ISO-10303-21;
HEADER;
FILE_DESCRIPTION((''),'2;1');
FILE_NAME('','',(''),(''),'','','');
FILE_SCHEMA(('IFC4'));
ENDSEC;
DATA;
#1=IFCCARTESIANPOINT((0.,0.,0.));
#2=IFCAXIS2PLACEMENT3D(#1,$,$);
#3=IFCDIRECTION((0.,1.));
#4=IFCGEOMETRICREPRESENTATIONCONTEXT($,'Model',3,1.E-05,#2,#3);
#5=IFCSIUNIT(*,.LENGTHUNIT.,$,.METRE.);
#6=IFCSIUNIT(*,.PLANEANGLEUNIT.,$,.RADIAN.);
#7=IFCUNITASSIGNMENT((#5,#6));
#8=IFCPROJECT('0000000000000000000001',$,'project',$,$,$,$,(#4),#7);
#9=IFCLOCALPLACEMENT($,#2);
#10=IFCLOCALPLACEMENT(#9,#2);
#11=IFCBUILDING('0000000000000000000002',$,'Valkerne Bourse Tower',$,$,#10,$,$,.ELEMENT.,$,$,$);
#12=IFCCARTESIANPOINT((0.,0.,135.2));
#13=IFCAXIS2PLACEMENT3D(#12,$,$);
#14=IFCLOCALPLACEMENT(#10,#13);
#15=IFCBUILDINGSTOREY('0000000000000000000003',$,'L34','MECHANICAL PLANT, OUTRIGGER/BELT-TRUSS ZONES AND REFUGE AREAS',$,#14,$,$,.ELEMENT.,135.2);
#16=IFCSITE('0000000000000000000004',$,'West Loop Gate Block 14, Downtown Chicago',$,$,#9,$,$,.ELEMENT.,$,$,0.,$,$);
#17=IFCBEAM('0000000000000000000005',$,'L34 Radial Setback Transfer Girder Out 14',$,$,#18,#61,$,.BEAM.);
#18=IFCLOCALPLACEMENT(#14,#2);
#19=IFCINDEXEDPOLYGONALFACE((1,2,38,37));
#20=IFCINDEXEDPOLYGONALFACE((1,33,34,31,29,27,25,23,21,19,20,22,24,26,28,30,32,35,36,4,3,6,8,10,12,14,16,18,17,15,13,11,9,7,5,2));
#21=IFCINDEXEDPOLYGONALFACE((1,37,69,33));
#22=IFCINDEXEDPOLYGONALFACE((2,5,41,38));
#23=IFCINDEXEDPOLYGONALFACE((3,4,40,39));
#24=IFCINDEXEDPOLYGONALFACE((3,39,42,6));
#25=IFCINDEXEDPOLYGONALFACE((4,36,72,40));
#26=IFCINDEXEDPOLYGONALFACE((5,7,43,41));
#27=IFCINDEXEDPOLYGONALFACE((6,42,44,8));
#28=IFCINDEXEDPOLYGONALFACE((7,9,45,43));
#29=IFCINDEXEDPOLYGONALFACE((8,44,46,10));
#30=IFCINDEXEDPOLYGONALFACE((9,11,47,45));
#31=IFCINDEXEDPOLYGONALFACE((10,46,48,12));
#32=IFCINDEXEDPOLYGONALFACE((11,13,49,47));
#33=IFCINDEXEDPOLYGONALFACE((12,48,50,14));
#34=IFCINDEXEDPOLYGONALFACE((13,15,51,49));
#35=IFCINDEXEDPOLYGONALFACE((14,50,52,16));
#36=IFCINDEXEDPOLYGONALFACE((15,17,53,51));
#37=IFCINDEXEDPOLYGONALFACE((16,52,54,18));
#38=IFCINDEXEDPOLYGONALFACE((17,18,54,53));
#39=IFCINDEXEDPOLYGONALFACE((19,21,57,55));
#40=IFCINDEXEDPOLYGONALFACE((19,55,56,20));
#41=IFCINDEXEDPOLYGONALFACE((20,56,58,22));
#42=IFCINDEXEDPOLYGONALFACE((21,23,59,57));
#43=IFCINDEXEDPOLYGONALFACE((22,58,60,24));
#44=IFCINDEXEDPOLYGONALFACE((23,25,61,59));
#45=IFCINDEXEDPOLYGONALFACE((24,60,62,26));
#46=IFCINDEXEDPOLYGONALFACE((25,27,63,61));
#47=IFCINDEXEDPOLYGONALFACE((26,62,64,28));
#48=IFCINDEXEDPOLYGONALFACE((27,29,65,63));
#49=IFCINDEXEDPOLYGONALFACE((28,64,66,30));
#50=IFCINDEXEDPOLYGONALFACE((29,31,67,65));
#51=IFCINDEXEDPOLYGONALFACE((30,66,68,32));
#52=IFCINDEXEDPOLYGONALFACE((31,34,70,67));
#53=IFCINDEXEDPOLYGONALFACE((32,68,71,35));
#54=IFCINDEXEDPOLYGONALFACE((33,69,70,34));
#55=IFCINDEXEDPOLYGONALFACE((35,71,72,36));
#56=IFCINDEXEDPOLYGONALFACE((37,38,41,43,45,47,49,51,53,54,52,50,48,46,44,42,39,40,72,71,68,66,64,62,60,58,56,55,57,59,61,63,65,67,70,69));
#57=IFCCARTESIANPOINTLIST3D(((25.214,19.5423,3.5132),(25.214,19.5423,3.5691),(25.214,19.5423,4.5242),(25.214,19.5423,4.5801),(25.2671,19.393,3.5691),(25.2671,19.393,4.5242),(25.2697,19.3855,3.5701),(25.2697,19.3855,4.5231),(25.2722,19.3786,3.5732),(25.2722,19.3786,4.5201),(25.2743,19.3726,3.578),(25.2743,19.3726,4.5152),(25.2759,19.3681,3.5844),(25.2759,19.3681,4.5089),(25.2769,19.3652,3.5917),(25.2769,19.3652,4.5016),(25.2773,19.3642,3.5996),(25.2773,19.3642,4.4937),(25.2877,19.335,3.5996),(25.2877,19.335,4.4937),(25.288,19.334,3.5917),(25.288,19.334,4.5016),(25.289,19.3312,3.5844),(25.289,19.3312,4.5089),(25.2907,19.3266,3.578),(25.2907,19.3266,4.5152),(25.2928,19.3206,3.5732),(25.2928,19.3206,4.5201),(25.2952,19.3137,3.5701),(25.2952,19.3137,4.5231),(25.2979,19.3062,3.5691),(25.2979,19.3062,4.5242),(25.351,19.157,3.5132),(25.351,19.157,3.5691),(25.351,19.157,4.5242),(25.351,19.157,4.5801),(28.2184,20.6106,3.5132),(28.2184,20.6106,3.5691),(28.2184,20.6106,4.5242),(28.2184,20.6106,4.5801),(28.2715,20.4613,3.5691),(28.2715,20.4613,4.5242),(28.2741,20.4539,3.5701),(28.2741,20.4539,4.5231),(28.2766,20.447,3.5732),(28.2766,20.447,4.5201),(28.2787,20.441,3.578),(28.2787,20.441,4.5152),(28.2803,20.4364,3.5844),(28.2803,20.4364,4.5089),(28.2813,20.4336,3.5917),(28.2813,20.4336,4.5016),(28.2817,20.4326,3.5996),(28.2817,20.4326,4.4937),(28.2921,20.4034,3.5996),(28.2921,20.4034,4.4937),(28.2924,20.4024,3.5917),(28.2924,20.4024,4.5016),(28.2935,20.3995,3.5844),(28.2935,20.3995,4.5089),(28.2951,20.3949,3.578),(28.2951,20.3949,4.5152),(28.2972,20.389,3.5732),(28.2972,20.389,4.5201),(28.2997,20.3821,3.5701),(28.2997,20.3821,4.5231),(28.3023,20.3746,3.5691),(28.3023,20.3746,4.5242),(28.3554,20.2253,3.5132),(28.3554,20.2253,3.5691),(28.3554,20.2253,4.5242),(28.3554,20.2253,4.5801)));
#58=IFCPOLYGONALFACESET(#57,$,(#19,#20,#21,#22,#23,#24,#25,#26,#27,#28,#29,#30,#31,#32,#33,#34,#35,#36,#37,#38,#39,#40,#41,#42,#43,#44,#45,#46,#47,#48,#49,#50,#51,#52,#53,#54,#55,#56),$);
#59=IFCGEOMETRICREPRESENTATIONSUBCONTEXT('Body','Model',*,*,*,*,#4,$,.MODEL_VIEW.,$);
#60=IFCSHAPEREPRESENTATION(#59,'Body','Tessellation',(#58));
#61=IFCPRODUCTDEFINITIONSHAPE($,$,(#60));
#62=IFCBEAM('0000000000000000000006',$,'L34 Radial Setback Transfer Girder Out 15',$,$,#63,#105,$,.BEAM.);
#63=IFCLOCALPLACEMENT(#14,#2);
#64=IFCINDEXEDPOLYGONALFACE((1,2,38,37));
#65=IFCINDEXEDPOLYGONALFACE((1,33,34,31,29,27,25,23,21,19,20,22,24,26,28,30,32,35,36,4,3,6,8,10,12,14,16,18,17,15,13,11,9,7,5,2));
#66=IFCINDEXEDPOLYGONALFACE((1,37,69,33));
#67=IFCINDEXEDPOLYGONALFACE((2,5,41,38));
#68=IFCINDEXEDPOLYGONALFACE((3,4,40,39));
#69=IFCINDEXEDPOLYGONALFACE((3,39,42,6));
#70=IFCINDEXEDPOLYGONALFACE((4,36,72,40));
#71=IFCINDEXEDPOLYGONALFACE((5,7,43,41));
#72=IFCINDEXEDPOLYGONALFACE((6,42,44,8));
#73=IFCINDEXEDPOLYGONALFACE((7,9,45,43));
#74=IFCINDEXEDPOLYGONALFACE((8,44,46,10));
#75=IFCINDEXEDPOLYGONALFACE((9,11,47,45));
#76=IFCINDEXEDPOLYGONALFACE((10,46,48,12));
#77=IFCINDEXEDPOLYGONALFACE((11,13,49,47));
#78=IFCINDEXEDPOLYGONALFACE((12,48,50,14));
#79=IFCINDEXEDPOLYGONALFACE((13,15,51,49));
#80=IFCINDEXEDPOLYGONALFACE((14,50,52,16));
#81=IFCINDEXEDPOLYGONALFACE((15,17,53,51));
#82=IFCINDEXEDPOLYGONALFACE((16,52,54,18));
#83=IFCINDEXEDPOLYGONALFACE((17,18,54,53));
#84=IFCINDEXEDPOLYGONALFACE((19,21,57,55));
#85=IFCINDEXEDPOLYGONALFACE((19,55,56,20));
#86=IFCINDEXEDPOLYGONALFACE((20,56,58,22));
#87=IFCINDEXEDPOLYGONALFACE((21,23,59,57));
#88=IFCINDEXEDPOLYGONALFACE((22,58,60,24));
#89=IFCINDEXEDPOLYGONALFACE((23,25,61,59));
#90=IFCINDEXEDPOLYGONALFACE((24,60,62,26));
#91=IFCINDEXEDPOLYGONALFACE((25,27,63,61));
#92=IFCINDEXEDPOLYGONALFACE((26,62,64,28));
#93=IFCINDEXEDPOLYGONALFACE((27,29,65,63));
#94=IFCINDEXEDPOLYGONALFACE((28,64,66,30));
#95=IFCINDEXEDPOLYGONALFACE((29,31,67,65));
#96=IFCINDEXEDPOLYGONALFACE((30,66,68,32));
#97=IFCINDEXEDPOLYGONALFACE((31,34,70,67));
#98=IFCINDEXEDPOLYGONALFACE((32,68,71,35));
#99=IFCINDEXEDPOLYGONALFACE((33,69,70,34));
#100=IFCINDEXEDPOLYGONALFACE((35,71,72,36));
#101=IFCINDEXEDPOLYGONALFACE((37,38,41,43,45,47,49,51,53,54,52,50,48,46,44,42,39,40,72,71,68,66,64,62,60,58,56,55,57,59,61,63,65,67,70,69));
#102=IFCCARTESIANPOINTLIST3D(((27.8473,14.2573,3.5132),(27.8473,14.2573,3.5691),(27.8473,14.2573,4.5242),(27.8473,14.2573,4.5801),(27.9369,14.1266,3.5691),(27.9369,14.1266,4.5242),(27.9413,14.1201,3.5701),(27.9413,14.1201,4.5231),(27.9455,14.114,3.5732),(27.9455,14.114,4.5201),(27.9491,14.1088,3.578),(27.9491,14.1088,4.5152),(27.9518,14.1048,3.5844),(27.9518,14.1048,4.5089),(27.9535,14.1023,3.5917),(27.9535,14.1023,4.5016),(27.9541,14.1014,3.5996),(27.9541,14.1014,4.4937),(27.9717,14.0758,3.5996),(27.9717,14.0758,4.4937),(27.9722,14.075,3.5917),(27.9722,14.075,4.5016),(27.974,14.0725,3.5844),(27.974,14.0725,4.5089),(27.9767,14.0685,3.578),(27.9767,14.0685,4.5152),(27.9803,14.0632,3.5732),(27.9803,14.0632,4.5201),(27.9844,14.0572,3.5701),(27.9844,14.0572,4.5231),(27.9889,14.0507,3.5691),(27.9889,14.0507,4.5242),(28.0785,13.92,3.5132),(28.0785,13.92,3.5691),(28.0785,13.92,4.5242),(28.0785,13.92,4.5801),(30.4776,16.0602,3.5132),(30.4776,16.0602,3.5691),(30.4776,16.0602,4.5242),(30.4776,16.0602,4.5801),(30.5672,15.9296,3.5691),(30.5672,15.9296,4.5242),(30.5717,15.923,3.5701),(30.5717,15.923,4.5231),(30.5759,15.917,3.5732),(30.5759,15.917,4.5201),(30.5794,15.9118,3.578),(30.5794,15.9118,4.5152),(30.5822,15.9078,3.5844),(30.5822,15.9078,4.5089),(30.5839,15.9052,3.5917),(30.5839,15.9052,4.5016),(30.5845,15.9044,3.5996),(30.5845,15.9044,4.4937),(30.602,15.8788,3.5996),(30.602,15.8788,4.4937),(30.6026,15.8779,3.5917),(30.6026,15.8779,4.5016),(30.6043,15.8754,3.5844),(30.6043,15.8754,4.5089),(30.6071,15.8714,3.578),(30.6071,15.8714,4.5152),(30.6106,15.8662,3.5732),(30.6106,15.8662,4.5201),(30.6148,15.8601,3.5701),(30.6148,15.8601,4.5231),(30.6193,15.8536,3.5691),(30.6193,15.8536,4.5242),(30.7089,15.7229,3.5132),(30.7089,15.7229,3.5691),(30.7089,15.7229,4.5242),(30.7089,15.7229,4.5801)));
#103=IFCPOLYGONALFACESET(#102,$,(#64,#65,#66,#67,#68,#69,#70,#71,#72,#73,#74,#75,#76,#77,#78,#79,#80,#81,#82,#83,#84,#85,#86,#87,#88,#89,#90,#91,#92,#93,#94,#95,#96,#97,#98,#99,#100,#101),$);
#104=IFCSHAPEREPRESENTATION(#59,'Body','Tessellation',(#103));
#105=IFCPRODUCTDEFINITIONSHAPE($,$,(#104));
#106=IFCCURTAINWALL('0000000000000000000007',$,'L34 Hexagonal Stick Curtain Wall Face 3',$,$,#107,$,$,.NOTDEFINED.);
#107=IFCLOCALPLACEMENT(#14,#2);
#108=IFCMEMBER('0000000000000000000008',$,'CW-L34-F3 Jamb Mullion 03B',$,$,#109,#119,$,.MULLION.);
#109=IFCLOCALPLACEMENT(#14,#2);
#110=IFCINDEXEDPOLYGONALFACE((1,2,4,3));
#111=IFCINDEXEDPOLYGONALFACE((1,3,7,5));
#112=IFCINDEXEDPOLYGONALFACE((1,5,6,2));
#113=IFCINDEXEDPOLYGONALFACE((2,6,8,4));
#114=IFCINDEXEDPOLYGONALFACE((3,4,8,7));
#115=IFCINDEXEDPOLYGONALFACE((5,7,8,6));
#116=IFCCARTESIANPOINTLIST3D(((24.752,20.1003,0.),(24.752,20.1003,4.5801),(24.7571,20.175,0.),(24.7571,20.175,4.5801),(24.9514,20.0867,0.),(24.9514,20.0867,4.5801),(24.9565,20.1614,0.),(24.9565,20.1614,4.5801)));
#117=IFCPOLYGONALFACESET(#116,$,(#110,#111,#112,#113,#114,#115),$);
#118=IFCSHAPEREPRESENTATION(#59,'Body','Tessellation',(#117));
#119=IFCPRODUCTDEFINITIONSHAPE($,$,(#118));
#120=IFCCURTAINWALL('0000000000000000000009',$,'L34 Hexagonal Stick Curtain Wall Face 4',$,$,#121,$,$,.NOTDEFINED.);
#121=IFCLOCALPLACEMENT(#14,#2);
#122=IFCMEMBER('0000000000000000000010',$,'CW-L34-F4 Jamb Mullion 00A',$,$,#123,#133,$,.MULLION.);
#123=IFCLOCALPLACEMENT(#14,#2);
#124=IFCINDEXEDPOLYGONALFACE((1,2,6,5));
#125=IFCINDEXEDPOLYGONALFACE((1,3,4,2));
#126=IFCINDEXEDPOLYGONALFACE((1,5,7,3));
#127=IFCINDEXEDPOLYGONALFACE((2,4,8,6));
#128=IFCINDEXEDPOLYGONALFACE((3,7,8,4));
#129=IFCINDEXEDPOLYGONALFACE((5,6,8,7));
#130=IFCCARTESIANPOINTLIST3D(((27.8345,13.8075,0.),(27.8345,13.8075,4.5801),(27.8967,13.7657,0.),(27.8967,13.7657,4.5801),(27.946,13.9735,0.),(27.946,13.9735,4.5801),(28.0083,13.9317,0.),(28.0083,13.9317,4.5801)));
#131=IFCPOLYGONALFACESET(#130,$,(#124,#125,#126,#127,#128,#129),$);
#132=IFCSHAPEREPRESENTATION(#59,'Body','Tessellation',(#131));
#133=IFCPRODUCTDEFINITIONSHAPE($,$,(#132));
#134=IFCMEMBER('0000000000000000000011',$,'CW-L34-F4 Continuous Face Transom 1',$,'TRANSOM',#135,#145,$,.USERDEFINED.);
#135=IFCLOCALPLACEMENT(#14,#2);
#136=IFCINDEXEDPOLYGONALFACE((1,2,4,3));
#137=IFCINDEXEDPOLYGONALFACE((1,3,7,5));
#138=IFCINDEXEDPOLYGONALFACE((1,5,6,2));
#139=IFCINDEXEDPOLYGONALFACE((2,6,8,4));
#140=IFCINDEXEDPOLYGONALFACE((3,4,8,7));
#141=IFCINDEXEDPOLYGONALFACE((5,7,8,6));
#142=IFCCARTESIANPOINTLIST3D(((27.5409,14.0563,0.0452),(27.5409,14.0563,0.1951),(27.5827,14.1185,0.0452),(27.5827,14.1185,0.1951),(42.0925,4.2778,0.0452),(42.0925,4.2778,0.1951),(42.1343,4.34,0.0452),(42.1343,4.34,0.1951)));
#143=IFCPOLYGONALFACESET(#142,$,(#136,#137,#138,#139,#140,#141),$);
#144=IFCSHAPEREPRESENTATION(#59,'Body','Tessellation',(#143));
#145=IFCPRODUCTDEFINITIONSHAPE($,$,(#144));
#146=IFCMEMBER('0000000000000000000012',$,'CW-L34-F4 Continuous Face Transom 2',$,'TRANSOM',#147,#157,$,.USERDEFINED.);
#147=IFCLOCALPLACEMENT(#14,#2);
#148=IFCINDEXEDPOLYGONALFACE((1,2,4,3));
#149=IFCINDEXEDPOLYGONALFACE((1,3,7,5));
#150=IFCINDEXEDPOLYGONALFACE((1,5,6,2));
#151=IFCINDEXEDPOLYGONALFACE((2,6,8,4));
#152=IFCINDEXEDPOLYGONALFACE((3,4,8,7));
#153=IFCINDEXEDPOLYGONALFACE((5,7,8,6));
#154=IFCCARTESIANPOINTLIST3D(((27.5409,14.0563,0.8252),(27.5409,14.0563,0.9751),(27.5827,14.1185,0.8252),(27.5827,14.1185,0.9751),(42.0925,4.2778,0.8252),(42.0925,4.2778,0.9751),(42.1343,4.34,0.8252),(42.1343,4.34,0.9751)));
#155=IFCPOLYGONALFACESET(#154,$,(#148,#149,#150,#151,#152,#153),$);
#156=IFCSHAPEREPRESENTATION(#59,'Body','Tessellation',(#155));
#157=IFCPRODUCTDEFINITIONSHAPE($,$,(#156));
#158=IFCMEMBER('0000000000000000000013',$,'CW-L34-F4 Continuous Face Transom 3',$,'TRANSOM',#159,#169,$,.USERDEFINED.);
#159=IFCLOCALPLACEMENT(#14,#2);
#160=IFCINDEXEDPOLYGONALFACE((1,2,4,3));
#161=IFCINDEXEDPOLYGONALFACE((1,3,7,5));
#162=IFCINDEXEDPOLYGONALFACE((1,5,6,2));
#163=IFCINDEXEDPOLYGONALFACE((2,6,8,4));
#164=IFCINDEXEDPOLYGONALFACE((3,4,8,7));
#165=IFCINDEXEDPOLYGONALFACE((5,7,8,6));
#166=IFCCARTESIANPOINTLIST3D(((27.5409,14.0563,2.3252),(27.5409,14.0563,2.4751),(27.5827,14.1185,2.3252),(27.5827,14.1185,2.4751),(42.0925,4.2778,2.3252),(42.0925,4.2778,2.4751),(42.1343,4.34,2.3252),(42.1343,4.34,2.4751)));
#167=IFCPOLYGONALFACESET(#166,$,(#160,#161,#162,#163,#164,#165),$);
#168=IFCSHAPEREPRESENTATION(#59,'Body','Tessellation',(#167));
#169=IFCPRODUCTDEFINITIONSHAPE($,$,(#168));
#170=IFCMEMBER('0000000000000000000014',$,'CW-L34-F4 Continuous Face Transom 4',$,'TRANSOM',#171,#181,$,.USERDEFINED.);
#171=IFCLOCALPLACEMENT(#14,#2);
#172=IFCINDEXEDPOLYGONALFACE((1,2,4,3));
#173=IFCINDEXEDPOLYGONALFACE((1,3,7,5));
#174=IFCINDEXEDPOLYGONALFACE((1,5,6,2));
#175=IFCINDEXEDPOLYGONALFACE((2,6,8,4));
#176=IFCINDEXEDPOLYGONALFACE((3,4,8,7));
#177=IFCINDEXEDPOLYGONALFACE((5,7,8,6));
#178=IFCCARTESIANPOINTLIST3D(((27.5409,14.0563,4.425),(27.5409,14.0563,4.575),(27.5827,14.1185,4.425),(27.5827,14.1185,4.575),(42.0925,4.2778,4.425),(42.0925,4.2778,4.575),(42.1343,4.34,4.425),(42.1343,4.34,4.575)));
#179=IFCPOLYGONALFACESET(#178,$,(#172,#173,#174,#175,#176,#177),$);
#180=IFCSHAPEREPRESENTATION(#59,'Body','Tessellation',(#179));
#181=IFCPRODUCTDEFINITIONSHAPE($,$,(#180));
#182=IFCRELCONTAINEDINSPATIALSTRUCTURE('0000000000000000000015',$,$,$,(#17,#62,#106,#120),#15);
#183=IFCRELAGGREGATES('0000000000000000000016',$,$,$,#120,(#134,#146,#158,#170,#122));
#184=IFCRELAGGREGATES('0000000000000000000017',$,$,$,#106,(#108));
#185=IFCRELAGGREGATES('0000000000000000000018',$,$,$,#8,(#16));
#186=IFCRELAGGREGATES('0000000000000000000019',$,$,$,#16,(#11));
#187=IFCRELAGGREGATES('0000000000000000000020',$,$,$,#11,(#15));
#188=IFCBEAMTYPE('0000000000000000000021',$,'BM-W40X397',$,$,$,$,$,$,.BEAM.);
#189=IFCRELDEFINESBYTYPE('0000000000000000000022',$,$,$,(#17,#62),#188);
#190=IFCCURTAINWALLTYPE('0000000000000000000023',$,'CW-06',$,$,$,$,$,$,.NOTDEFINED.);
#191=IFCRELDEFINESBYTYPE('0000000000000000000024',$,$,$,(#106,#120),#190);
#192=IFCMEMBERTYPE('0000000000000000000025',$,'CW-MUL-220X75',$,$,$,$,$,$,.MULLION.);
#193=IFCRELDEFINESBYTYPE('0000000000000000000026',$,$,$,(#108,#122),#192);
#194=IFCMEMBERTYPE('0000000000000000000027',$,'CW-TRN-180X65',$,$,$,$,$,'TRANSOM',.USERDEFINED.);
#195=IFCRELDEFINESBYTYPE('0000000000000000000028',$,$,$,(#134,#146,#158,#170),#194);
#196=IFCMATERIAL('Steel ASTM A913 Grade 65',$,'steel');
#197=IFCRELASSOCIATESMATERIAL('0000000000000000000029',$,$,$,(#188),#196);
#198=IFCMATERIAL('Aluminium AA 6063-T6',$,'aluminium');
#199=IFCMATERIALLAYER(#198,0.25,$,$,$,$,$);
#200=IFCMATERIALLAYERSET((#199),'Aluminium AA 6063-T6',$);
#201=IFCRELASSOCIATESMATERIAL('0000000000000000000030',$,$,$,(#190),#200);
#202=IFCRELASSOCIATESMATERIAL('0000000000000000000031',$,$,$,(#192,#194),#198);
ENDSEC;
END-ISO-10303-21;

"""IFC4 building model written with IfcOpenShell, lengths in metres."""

from ifc_helpers import new_model, si_unit, direction, frame, origin, origin_2d, place, context, subcontext, project, spatial, rectangle, i_section, extrude, material, layer, layer_set, material_profile, profile_set, type_object, element, aggregate, save


model = new_model("IFC4")

# Units and contexts
model_context = context("Model", 3, precision=1e-05, world=origin(), true_north=direction((0.0, 1.0)))
body_context = subcontext(model_context, "Body", "Model", "MODEL_VIEW")
ifc_project = project(units=[si_unit("LENGTHUNIT", "METRE"), si_unit("PLANEANGLEUNIT", "RADIAN")], contexts=[model_context])

# Site, building, storey
site_placement = place(None, origin())
site = spatial("IfcSite", under=ifc_project, at=site_placement, Name="West Loop Gate Block 14, Downtown Chicago", CompositionType="ELEMENT", RefElevation=0.0)
building_placement = place(site_placement, origin())
building = spatial("IfcBuilding", under=site, at=building_placement, Name="Valkerne Bourse Tower", CompositionType="ELEMENT")
storey_placement = place(building_placement, frame((0.0, 0.0, 135.2)))
storey = spatial("IfcBuildingStorey", under=building, at=storey_placement, Name="L34", Description="MECHANICAL PLANT, OUTRIGGER/BELT-TRUSS ZONES AND REFUGE AREAS", CompositionType="ELEMENT", Elevation=135.2)

# Shared definitions
ifc_material_1 = material(Name="Steel ASTM A913 Grade 65", Category="steel")

# Beams
ifc_material_profile_1 = material_profile(ifc_material_1, i_section(OverallWidth=0.4089, OverallDepth=1.0669, WebThickness=0.031, FlangeThickness=0.0559, FilletRadius=0.0305, at=origin_2d()), Name="W40X397")
ifc_profile_set_1 = profile_set([ifc_material_profile_1], Name="Steel ASTM A913 Grade 65")
beam_type_1 = type_object("IfcBeamType", Name="BM-W40X397", PredefinedType="BEAM", material=ifc_profile_set_1)
beam_1_placement = place(storey_placement, frame((25.2825, 19.3496, 4.0466), z_axis=(0.942202, 0.335046, 0.0), x_axis=(-0.335046, 0.942202, 0.0)))
element("IfcBeam", 1, at=beam_1_placement, inside=storey, type_object=beam_type_1, Name="L34 Radial Setback Transfer Girder Out 14", PredefinedType="BEAM", context=body_context, shape_type="SweptSolid", body=[
    extrude(i_section(OverallWidth=0.4089, OverallDepth=1.0669, WebThickness=0.031, FlangeThickness=0.0559, FilletRadius=0.0305, at=origin_2d()), origin(), (0.0, 0.0, 1.0), 3.1887),
])
beam_2_placement = place(storey_placement, frame((27.9629, 14.0886, 4.0466), z_axis=(0.824832, 0.565378, 0.0), x_axis=(-0.565378, 0.824832, 0.0)))
element("IfcBeam", 2, at=beam_2_placement, inside=storey, type_object=beam_type_1, Name="L34 Radial Setback Transfer Girder Out 15", PredefinedType="BEAM", context=body_context, shape_type="SweptSolid", body=[
    extrude(i_section(OverallWidth=0.4089, OverallDepth=1.0669, WebThickness=0.031, FlangeThickness=0.0559, FilletRadius=0.0305, at=origin_2d()), origin(), (0.0, 0.0, 1.0), 3.189),
])

# Curtain wall, member
ifc_material_2 = material(Name="Aluminium AA 6063-T6", Category="aluminium")
ifc_layer_1 = layer(ifc_material_2, 0.25)
ifc_layer_set_1 = layer_set([ifc_layer_1], Name="Aluminium AA 6063-T6")
curtain_wall_type = type_object("IfcCurtainWallType", Name="CW-06", PredefinedType="NOTDEFINED", material=ifc_layer_set_1)
curtain_wall_1_placement = place(storey_placement, origin())
curtain_wall_1 = element("IfcCurtainWall", 3, at=curtain_wall_1_placement, inside=storey, type_object=curtain_wall_type, Name="L34 Hexagonal Stick Curtain Wall Face 3", PredefinedType="NOTDEFINED")
ifc_material_profile_2 = material_profile(ifc_material_2, rectangle(XDim=0.075, YDim=0.2, at=origin_2d()), Name="CWM-75X200")
ifc_profile_set_2 = profile_set([ifc_material_profile_2], Name="Aluminium AA 6063-T6")
member_type_1 = type_object("IfcMemberType", Name="CW-MUL-220X75", PredefinedType="MULLION", material=ifc_profile_set_2)
member_1_placement = place(storey_placement, frame((24.8542, 20.1309, 0.0), z_axis=(0.0, 0.0, 1.0), x_axis=(-0.068014, -0.997684, 0.0)))
member_1 = element("IfcMember", 4, at=member_1_placement, type_object=member_type_1, Name="CW-L34-F3 Jamb Mullion 03B", PredefinedType="MULLION", context=body_context, shape_type="SweptSolid", body=[
    extrude(rectangle(XDim=0.075, YDim=0.2, at=origin_2d()), origin(), (0.0, 0.0, 1.0), 4.5801),
])

# Curtain wall, members
curtain_wall_2_placement = place(storey_placement, origin())
curtain_wall_2 = element("IfcCurtainWall", 5, at=curtain_wall_2_placement, inside=storey, type_object=curtain_wall_type, Name="L34 Hexagonal Stick Curtain Wall Face 4", PredefinedType="NOTDEFINED")
member_2_placement = place(storey_placement, frame((27.9214, 13.8696, 0.0), z_axis=(0.0, 0.0, 1.0), x_axis=(0.830016, -0.55774, 0.0)))
member_2 = element("IfcMember", 6, at=member_2_placement, type_object=member_type_1, Name="CW-L34-F4 Jamb Mullion 00A", PredefinedType="MULLION", context=body_context, shape_type="SweptSolid", body=[
    extrude(rectangle(XDim=0.075, YDim=0.2, at=origin_2d()), origin(), (0.0, 0.0, 1.0), 4.5801),
])
ifc_material_profile_3 = material_profile(ifc_material_2, rectangle(XDim=0.075, YDim=0.1499, at=origin_2d()), Name="CWT-75X150")
ifc_profile_set_3 = profile_set([ifc_material_profile_3], Name="Aluminium AA 6063-T6")
member_type_2 = type_object("IfcMemberType", Name="CW-TRN-180X65", ElementType="TRANSOM", PredefinedType="USERDEFINED", material=ifc_profile_set_3)
member_3_placement = place(storey_placement, frame((27.5618, 14.0874, 0.1201), z_axis=(0.830007, -0.557753, 0.0), x_axis=(0.557753, 0.830007, 0.0)))
member_3 = element("IfcMember", 7, at=member_3_placement, type_object=member_type_2, Name="CW-L34-F4 Continuous Face Transom 1", ObjectType="TRANSOM", PredefinedType="USERDEFINED", context=body_context, shape_type="SweptSolid", body=[
    extrude(rectangle(XDim=0.075, YDim=0.1499, at=origin_2d()), origin(), (0.0, 0.0, 1.0), 17.532),
])
member_4_placement = place(storey_placement, frame((27.5618, 14.0874, 0.9001), z_axis=(0.830007, -0.557753, 0.0), x_axis=(0.557753, 0.830007, 0.0)))
member_4 = element("IfcMember", 8, at=member_4_placement, type_object=member_type_2, Name="CW-L34-F4 Continuous Face Transom 2", ObjectType="TRANSOM", PredefinedType="USERDEFINED", context=body_context, shape_type="SweptSolid", body=[
    extrude(rectangle(XDim=0.075, YDim=0.1499, at=origin_2d()), origin(), (0.0, 0.0, 1.0), 17.532),
])
member_5_placement = place(storey_placement, frame((27.5618, 14.0874, 2.4001), z_axis=(0.830007, -0.557753, 0.0), x_axis=(0.557753, 0.830007, 0.0)))
member_5 = element("IfcMember", 9, at=member_5_placement, type_object=member_type_2, Name="CW-L34-F4 Continuous Face Transom 3", ObjectType="TRANSOM", PredefinedType="USERDEFINED", context=body_context, shape_type="SweptSolid", body=[
    extrude(rectangle(XDim=0.075, YDim=0.1499, at=origin_2d()), origin(), (0.0, 0.0, 1.0), 17.532),
])
member_6_placement = place(storey_placement, frame((27.5618, 14.0874, 4.5), z_axis=(0.830007, -0.557753, 0.0), x_axis=(0.557753, 0.830007, 0.0)))
member_6 = element("IfcMember", 10, at=member_6_placement, type_object=member_type_2, Name="CW-L34-F4 Continuous Face Transom 4", ObjectType="TRANSOM", PredefinedType="USERDEFINED", context=body_context, shape_type="SweptSolid", body=[
    extrude(rectangle(XDim=0.075, YDim=0.1499, at=origin_2d()), origin(), (0.0, 0.0, 1.0), 17.532),
])
aggregate(curtain_wall_2, [member_3, member_4, member_5, member_6, member_2])

aggregate(curtain_wall_1, [member_1])

save(model, "model.ifc")
